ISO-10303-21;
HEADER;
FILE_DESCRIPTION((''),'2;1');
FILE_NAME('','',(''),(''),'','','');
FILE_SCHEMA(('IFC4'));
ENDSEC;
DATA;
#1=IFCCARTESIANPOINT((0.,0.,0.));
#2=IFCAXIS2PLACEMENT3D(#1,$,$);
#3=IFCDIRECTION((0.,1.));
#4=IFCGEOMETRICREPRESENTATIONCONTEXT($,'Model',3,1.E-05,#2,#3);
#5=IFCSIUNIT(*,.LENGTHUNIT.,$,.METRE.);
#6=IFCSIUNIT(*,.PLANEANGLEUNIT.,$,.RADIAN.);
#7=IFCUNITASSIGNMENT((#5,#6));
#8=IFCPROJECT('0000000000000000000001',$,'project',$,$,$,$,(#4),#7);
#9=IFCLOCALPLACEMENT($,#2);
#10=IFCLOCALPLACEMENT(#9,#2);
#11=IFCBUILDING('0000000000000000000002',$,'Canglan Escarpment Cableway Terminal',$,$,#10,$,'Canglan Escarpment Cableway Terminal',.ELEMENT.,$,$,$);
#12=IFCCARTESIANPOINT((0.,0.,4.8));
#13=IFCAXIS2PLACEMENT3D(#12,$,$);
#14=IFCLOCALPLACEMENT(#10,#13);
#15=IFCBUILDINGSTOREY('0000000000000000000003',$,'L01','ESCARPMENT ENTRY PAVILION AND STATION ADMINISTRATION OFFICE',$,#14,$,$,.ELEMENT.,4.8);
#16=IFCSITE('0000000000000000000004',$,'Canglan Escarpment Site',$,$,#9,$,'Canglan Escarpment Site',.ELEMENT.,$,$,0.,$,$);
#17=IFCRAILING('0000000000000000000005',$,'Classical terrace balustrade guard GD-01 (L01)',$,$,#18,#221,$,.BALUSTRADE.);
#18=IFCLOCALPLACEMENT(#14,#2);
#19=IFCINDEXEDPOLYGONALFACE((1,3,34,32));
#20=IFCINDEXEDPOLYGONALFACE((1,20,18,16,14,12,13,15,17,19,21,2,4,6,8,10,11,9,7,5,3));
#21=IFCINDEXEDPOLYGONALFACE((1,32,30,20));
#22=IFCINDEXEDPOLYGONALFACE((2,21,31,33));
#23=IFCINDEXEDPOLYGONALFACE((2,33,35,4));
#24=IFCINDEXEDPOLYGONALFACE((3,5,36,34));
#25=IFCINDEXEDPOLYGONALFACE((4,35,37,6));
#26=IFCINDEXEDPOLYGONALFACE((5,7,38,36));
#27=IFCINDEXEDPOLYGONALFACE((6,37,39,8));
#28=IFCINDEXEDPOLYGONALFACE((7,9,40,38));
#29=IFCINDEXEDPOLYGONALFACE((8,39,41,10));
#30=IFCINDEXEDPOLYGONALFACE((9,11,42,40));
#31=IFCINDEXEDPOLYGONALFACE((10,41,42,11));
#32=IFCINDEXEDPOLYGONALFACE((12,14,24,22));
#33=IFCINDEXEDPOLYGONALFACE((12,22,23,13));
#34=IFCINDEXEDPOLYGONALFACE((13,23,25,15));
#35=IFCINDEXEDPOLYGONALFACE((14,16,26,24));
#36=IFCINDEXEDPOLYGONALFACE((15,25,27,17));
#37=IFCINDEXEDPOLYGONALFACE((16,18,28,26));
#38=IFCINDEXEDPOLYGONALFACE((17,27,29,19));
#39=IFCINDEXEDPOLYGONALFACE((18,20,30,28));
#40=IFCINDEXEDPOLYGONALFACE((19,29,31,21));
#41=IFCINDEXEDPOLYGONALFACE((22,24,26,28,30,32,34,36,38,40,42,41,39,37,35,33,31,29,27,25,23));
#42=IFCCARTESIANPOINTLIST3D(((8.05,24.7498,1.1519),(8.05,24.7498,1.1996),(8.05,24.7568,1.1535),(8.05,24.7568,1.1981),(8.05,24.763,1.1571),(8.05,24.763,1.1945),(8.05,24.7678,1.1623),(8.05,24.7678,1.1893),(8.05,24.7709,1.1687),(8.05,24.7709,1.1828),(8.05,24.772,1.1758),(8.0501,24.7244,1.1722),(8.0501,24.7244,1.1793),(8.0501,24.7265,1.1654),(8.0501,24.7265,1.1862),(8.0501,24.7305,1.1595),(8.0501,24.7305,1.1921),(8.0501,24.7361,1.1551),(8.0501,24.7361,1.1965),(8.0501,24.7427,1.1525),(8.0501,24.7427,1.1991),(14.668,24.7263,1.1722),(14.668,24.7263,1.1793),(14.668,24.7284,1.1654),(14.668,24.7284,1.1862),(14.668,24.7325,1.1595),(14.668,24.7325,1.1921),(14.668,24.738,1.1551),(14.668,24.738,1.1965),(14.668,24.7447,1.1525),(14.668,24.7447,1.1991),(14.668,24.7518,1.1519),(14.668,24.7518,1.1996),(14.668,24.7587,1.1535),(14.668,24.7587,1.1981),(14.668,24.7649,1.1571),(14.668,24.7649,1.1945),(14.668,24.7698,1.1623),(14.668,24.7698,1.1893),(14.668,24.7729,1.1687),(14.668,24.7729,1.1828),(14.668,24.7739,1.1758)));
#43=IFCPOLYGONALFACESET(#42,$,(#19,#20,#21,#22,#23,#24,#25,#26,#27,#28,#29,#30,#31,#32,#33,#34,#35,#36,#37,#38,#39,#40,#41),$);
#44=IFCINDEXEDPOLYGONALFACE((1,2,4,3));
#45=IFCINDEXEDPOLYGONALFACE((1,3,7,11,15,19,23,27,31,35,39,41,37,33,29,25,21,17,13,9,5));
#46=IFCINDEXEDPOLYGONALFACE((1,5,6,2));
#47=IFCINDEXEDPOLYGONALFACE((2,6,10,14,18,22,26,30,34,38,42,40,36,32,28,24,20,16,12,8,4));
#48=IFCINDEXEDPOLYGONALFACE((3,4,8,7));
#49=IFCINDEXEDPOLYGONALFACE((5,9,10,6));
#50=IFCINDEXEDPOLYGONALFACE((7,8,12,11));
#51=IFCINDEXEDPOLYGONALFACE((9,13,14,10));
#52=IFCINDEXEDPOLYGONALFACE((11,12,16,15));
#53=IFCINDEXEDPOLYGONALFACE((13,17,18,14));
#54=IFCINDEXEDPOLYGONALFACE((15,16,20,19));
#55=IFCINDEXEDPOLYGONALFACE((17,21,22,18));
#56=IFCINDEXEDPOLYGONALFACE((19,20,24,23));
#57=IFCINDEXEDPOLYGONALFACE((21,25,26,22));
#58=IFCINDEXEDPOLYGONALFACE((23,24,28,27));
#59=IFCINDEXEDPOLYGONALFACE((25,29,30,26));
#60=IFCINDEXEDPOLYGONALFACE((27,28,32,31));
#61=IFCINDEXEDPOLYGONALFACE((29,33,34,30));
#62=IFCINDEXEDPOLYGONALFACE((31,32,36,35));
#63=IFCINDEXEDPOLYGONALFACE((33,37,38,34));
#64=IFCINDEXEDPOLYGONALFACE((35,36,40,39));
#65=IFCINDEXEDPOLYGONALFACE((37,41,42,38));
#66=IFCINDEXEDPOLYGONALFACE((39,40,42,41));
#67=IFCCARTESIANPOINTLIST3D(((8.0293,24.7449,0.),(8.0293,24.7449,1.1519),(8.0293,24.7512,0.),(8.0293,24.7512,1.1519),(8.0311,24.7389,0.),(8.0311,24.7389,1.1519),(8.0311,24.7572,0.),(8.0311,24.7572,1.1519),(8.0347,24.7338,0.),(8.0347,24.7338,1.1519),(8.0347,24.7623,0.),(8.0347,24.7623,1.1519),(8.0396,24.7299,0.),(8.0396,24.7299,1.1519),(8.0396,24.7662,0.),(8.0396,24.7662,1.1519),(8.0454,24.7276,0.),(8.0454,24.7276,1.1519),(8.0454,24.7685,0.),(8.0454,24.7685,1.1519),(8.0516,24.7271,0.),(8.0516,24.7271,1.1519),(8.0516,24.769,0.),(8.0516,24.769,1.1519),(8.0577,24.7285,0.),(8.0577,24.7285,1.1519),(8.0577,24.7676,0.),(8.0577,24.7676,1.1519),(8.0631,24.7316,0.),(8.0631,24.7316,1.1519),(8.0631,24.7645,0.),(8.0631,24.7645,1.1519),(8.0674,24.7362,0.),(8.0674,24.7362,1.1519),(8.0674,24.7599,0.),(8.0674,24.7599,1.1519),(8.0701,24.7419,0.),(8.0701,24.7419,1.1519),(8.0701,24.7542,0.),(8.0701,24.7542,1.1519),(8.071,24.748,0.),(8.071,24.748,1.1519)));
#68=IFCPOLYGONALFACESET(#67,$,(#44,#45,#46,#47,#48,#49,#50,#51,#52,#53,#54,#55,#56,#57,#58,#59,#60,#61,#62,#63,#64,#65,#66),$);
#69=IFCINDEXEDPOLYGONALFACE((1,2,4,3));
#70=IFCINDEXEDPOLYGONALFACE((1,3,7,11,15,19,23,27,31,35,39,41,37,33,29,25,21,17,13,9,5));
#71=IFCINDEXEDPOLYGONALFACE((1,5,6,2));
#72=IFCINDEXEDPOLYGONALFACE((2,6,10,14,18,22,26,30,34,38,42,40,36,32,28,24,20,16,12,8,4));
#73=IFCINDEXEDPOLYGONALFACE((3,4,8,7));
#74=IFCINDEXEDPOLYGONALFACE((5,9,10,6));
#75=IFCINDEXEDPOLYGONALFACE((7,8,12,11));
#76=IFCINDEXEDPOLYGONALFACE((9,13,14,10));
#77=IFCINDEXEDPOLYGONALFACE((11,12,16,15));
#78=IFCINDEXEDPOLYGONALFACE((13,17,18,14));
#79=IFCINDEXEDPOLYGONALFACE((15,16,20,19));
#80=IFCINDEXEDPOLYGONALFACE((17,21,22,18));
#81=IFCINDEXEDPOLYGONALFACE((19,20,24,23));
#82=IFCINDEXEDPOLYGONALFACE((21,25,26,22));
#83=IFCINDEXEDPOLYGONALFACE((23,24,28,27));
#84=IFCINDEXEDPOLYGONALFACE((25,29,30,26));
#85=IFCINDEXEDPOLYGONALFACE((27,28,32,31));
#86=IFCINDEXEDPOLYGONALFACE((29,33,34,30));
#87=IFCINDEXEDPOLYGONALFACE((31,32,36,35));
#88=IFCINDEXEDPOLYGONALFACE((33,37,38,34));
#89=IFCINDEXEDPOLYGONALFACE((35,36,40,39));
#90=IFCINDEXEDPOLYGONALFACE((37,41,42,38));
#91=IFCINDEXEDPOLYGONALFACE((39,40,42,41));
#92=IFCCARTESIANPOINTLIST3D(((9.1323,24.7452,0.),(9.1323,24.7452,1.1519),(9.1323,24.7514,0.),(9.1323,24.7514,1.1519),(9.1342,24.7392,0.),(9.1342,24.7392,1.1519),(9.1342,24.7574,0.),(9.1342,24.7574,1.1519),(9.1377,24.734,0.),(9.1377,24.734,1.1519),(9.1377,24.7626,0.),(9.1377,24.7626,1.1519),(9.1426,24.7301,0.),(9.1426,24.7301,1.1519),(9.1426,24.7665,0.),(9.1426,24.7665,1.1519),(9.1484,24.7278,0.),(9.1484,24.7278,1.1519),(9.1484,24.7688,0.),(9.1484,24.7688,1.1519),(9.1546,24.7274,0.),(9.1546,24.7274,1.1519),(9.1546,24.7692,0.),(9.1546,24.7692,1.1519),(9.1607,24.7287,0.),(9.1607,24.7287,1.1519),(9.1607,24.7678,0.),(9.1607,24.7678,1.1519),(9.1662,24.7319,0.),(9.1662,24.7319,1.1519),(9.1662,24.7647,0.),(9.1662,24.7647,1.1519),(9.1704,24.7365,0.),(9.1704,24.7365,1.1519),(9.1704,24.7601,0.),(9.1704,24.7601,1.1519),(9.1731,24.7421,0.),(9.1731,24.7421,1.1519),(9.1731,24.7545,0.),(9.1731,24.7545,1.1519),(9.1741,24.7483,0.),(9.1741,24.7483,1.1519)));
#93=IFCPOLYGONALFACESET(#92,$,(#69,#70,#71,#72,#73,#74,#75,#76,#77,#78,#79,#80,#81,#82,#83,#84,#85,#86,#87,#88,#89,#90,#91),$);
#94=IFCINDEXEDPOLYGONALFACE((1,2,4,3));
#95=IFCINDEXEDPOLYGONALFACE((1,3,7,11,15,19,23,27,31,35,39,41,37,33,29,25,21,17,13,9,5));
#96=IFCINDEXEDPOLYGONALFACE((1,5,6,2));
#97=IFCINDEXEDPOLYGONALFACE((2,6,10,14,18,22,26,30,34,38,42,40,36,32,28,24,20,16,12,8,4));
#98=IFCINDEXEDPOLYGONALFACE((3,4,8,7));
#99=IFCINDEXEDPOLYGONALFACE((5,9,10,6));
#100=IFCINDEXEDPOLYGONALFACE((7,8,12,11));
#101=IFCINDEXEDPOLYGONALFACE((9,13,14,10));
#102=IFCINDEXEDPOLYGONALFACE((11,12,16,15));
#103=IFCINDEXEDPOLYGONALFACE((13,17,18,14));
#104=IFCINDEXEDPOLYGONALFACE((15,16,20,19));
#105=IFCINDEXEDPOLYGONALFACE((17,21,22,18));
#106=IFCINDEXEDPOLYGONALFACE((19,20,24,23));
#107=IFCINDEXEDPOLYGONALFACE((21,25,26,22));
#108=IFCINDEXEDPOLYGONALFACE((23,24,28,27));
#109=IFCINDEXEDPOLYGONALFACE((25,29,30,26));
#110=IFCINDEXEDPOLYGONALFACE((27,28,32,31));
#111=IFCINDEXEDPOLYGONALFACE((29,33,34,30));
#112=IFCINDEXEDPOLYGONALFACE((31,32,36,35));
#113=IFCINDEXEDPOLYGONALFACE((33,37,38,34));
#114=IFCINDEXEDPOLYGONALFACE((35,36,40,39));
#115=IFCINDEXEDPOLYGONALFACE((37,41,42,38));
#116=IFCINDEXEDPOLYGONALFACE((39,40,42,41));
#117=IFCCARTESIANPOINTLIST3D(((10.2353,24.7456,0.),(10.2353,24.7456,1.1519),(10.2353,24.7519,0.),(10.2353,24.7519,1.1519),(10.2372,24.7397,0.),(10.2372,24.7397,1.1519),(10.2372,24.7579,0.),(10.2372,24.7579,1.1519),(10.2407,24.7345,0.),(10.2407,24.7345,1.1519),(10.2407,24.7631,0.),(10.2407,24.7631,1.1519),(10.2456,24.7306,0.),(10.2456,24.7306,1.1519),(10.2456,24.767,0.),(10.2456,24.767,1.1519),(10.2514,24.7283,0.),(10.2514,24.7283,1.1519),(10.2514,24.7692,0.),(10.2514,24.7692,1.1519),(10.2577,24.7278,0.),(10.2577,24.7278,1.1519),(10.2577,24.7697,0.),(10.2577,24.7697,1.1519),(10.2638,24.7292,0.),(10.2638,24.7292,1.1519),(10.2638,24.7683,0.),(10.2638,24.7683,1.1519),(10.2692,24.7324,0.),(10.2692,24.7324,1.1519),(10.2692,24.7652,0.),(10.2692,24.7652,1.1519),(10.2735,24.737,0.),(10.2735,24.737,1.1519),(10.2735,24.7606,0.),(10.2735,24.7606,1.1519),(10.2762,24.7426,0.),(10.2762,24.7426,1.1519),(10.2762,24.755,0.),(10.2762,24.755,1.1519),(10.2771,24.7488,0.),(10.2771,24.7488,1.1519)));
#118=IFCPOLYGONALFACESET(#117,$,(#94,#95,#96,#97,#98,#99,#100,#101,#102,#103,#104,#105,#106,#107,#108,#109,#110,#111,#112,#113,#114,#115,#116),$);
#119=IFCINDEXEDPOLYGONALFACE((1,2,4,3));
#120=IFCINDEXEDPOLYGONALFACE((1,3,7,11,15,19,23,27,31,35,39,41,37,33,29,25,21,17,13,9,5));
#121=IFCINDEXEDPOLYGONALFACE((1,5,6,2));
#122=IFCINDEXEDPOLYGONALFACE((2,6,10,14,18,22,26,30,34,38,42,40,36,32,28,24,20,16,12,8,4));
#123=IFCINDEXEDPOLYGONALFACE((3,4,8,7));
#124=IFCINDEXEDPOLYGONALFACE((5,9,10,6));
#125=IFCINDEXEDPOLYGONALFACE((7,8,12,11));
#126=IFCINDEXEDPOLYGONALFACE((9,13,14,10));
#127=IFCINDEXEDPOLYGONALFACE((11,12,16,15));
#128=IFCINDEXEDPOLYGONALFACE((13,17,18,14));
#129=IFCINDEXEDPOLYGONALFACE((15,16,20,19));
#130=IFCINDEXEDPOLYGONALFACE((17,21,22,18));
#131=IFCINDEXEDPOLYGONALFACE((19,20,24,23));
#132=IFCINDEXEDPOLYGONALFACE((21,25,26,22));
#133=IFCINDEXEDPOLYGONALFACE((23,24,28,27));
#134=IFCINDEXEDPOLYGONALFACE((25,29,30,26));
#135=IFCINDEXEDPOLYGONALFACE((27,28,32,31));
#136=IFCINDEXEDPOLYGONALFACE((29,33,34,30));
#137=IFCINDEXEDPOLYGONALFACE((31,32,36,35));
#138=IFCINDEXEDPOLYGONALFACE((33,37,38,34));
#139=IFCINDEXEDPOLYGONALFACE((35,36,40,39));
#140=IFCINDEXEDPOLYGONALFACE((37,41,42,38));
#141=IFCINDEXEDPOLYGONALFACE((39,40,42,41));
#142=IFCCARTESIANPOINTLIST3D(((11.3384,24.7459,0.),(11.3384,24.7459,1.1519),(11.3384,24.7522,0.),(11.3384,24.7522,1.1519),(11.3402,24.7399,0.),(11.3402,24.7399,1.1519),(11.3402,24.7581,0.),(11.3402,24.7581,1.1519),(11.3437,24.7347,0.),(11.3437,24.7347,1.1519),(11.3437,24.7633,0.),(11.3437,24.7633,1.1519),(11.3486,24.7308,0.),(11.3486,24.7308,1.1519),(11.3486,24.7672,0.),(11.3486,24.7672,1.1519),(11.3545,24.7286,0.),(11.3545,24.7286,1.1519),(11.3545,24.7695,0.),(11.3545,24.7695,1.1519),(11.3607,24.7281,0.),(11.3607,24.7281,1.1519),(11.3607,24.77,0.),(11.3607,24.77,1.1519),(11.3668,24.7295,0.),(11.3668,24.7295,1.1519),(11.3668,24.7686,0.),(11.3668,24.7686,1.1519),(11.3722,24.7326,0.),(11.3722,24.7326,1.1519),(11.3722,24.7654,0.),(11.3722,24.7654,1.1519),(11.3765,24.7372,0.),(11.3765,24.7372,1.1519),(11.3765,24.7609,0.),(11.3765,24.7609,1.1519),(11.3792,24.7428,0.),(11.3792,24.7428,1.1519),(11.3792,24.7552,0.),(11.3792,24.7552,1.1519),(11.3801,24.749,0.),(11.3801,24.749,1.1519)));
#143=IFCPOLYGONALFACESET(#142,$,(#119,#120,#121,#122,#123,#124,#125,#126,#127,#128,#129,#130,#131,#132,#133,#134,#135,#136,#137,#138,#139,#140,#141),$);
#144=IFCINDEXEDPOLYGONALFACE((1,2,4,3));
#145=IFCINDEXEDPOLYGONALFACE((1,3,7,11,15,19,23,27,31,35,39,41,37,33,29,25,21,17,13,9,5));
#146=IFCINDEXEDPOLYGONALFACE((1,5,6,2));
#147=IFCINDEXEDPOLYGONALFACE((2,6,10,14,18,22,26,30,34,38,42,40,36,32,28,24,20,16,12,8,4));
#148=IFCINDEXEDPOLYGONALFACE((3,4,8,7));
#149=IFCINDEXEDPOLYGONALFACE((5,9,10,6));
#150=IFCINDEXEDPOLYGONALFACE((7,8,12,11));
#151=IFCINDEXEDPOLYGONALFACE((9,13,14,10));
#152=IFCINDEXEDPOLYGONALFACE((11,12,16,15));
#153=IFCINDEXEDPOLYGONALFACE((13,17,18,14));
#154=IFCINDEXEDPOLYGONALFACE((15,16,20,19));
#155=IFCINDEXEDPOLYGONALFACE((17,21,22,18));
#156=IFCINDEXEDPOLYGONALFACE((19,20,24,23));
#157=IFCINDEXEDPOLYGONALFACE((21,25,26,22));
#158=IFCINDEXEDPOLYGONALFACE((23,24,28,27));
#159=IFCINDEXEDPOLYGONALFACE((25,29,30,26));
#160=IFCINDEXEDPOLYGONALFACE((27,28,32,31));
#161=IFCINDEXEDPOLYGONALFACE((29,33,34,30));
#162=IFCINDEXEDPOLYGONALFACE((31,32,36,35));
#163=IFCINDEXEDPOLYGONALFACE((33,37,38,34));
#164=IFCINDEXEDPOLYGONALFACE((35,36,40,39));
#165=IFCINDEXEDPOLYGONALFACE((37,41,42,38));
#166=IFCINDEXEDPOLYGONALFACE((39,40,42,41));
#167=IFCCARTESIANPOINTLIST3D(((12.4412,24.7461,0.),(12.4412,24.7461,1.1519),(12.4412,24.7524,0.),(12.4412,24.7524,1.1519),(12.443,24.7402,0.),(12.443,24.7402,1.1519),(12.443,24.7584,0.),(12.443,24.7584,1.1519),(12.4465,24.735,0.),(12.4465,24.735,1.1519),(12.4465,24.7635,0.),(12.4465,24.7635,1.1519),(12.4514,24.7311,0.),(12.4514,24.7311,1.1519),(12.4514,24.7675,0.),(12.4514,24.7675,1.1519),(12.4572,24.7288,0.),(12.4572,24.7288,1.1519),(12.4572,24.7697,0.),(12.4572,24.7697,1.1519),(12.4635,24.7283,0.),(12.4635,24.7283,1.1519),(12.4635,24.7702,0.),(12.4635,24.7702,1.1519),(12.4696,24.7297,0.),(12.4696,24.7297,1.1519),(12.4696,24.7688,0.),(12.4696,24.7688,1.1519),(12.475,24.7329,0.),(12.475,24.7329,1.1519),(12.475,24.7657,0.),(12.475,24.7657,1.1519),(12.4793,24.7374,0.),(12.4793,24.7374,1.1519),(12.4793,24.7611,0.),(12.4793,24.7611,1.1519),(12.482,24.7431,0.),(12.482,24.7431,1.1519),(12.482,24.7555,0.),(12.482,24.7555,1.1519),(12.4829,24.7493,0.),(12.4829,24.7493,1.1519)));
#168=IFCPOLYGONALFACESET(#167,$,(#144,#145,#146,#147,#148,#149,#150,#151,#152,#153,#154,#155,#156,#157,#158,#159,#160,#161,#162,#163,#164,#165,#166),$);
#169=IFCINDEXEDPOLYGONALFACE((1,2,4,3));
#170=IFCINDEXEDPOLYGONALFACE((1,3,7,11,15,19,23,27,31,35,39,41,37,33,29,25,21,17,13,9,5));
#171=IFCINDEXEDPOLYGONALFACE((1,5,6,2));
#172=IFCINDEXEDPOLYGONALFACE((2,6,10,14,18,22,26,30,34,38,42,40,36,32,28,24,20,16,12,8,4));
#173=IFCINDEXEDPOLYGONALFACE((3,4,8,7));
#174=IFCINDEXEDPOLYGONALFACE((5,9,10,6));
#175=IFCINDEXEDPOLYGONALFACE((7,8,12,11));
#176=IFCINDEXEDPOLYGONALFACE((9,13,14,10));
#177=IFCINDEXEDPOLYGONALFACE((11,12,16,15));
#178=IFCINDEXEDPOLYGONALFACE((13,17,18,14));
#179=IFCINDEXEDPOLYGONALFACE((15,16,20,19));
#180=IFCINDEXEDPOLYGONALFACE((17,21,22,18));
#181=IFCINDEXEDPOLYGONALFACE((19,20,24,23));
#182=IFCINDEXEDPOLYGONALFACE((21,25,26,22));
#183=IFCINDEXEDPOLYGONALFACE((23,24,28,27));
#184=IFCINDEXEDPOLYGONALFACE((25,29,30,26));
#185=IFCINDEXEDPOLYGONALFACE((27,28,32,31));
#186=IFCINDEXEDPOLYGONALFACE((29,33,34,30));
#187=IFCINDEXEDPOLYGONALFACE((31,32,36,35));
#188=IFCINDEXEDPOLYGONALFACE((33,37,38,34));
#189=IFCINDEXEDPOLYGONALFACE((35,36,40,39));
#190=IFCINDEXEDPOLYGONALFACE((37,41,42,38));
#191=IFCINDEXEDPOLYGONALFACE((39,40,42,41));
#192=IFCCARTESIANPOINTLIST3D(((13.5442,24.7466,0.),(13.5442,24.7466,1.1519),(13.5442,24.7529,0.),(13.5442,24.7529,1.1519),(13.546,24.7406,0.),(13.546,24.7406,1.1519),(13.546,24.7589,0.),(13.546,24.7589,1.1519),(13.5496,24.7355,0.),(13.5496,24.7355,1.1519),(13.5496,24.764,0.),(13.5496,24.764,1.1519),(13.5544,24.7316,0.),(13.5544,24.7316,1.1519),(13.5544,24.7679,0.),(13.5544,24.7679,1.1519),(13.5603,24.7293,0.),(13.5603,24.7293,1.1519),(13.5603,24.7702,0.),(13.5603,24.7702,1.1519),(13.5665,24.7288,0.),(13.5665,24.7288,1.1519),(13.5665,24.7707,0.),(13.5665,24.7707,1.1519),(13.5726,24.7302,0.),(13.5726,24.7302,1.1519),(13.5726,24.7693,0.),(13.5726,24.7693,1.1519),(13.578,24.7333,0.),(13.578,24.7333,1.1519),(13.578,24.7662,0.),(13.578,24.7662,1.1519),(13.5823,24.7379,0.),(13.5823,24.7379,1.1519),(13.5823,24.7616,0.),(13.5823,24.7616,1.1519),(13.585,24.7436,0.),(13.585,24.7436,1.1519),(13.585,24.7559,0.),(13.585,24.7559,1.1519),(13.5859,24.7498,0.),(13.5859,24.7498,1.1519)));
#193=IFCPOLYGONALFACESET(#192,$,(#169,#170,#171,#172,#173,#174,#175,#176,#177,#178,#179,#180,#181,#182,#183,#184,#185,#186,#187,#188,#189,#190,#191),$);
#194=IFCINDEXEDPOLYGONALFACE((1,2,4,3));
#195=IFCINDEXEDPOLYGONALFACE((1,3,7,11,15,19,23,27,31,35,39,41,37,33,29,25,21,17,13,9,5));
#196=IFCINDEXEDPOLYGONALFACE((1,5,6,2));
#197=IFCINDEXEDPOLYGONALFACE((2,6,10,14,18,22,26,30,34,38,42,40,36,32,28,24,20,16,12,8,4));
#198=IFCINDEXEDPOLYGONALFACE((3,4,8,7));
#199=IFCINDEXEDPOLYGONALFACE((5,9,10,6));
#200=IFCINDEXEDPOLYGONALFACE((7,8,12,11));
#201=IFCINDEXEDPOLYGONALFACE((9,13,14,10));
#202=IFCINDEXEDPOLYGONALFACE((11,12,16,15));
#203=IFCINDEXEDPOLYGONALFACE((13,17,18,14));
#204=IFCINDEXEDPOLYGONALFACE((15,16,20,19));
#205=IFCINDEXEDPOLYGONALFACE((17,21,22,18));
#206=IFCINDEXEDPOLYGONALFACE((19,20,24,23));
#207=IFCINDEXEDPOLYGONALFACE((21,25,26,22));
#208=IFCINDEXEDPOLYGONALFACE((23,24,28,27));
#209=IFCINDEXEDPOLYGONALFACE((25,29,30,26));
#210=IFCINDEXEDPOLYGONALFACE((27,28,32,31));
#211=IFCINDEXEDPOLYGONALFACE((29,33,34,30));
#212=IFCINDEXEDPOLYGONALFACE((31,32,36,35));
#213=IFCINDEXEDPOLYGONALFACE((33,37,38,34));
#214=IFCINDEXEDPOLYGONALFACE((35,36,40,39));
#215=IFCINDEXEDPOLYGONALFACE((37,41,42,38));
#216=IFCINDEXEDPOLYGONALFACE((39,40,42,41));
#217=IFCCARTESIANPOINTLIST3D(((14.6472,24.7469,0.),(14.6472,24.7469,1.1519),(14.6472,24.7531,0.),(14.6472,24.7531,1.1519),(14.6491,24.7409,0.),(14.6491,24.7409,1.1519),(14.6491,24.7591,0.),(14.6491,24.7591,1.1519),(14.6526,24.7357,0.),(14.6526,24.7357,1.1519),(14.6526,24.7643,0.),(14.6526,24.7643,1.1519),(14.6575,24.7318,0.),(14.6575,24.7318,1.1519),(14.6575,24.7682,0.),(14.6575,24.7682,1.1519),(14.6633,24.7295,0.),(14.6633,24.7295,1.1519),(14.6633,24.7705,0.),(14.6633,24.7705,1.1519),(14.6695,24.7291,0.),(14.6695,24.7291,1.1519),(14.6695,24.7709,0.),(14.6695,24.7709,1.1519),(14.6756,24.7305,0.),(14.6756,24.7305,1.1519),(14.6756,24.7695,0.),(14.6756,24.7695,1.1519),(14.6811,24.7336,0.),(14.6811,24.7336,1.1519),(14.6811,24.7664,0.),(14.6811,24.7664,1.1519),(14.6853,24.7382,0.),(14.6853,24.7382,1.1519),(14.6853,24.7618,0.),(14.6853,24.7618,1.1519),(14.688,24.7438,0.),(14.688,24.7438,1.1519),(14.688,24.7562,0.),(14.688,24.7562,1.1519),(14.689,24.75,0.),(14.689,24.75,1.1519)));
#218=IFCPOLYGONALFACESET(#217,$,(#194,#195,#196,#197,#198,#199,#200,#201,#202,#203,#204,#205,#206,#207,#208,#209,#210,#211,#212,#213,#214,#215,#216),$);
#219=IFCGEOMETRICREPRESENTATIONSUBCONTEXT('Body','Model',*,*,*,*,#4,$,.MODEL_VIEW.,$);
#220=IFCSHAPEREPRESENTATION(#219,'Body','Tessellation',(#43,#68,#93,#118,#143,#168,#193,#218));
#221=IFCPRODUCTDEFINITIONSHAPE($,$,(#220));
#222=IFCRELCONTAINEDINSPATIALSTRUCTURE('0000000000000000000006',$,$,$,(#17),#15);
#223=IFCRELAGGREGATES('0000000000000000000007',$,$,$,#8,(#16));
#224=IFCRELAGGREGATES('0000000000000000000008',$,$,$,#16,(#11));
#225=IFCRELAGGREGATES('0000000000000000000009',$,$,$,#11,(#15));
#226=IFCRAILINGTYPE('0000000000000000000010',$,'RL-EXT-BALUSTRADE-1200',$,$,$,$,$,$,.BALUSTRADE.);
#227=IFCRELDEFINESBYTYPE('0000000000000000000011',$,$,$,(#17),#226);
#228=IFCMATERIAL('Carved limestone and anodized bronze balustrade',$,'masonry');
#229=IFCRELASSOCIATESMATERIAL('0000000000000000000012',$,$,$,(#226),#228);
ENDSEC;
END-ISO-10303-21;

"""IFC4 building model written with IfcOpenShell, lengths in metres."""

from ifc_helpers import new_model, si_unit, direction, frame, origin, origin_2d, place, context, subcontext, project, spatial, circle, extrude, material, type_object, element, save


model = new_model("IFC4")

# Units and contexts
model_context = context("Model", 3, precision=1e-05, world=origin(), true_north=direction((0.0, 1.0)))
body_context = subcontext(model_context, "Body", "Model", "MODEL_VIEW")
ifc_project = project(units=[si_unit("LENGTHUNIT", "METRE"), si_unit("PLANEANGLEUNIT", "RADIAN")], contexts=[model_context])

# Site, building, storey
site_placement = place(None, origin())
site = spatial("IfcSite", under=ifc_project, at=site_placement, Name="Canglan Escarpment Site", LongName="Canglan Escarpment Site", CompositionType="ELEMENT", RefElevation=0.0)
building_placement = place(site_placement, origin())
building = spatial("IfcBuilding", under=site, at=building_placement, Name="Canglan Escarpment Cableway Terminal", LongName="Canglan Escarpment Cableway Terminal", CompositionType="ELEMENT")
storey_placement = place(building_placement, frame((0.0, 0.0, 4.8)))
storey = spatial("IfcBuildingStorey", under=building, at=storey_placement, Name="L01", Description="ESCARPMENT ENTRY PAVILION AND STATION ADMINISTRATION OFFICE", CompositionType="ELEMENT", Elevation=4.8)

# Railing
ifc_material_1 = material(Name="Carved limestone and anodized bronze balustrade", Category="masonry")
railing_type = type_object("IfcRailingType", Name="RL-EXT-BALUSTRADE-1200", PredefinedType="BALUSTRADE", material=ifc_material_1)
railing_1_placement = place(storey_placement, frame((8.05, 24.748, 0.0)))
element("IfcRailing", 1, at=railing_1_placement, inside=storey, type_object=railing_type, Name="Classical terrace balustrade guard GD-01 (L01)", PredefinedType="BALUSTRADE", context=body_context, shape_type="SweptSolid", body=[
    extrude(circle(Radius=0.0239, at=origin_2d()), frame((0.0, 0.0, 1.1758), z_axis=(1.0, 0.000295, 0.0), x_axis=(-0.000295, 1.0, 0.0)), (0.0, 0.0, 1.0), 6.6179),
    extrude(circle(Radius=0.021, at=origin_2d()), origin(), (0.0, 0.0, 1.0), 1.1519),
    extrude(circle(Radius=0.021, at=origin_2d()), frame((1.103, 0.0002, 0.0)), (0.0, 0.0, 1.0), 1.1519),
    extrude(circle(Radius=0.021, at=origin_2d()), frame((2.2061, 0.0007, 0.0)), (0.0, 0.0, 1.0), 1.1519),
    extrude(circle(Radius=0.021, at=origin_2d()), frame((3.3091, 0.001, 0.0)), (0.0, 0.0, 1.0), 1.1519),
    extrude(circle(Radius=0.021, at=origin_2d()), frame((4.4119, 0.0012, 0.0)), (0.0, 0.0, 1.0), 1.1519),
    extrude(circle(Radius=0.021, at=origin_2d()), frame((5.5149, 0.0017, 0.0)), (0.0, 0.0, 1.0), 1.1519),
    extrude(circle(Radius=0.021, at=origin_2d()), frame((6.6179, 0.002, 0.0)), (0.0, 0.0, 1.0), 1.1519),
])

save(model, "model.ifc")
